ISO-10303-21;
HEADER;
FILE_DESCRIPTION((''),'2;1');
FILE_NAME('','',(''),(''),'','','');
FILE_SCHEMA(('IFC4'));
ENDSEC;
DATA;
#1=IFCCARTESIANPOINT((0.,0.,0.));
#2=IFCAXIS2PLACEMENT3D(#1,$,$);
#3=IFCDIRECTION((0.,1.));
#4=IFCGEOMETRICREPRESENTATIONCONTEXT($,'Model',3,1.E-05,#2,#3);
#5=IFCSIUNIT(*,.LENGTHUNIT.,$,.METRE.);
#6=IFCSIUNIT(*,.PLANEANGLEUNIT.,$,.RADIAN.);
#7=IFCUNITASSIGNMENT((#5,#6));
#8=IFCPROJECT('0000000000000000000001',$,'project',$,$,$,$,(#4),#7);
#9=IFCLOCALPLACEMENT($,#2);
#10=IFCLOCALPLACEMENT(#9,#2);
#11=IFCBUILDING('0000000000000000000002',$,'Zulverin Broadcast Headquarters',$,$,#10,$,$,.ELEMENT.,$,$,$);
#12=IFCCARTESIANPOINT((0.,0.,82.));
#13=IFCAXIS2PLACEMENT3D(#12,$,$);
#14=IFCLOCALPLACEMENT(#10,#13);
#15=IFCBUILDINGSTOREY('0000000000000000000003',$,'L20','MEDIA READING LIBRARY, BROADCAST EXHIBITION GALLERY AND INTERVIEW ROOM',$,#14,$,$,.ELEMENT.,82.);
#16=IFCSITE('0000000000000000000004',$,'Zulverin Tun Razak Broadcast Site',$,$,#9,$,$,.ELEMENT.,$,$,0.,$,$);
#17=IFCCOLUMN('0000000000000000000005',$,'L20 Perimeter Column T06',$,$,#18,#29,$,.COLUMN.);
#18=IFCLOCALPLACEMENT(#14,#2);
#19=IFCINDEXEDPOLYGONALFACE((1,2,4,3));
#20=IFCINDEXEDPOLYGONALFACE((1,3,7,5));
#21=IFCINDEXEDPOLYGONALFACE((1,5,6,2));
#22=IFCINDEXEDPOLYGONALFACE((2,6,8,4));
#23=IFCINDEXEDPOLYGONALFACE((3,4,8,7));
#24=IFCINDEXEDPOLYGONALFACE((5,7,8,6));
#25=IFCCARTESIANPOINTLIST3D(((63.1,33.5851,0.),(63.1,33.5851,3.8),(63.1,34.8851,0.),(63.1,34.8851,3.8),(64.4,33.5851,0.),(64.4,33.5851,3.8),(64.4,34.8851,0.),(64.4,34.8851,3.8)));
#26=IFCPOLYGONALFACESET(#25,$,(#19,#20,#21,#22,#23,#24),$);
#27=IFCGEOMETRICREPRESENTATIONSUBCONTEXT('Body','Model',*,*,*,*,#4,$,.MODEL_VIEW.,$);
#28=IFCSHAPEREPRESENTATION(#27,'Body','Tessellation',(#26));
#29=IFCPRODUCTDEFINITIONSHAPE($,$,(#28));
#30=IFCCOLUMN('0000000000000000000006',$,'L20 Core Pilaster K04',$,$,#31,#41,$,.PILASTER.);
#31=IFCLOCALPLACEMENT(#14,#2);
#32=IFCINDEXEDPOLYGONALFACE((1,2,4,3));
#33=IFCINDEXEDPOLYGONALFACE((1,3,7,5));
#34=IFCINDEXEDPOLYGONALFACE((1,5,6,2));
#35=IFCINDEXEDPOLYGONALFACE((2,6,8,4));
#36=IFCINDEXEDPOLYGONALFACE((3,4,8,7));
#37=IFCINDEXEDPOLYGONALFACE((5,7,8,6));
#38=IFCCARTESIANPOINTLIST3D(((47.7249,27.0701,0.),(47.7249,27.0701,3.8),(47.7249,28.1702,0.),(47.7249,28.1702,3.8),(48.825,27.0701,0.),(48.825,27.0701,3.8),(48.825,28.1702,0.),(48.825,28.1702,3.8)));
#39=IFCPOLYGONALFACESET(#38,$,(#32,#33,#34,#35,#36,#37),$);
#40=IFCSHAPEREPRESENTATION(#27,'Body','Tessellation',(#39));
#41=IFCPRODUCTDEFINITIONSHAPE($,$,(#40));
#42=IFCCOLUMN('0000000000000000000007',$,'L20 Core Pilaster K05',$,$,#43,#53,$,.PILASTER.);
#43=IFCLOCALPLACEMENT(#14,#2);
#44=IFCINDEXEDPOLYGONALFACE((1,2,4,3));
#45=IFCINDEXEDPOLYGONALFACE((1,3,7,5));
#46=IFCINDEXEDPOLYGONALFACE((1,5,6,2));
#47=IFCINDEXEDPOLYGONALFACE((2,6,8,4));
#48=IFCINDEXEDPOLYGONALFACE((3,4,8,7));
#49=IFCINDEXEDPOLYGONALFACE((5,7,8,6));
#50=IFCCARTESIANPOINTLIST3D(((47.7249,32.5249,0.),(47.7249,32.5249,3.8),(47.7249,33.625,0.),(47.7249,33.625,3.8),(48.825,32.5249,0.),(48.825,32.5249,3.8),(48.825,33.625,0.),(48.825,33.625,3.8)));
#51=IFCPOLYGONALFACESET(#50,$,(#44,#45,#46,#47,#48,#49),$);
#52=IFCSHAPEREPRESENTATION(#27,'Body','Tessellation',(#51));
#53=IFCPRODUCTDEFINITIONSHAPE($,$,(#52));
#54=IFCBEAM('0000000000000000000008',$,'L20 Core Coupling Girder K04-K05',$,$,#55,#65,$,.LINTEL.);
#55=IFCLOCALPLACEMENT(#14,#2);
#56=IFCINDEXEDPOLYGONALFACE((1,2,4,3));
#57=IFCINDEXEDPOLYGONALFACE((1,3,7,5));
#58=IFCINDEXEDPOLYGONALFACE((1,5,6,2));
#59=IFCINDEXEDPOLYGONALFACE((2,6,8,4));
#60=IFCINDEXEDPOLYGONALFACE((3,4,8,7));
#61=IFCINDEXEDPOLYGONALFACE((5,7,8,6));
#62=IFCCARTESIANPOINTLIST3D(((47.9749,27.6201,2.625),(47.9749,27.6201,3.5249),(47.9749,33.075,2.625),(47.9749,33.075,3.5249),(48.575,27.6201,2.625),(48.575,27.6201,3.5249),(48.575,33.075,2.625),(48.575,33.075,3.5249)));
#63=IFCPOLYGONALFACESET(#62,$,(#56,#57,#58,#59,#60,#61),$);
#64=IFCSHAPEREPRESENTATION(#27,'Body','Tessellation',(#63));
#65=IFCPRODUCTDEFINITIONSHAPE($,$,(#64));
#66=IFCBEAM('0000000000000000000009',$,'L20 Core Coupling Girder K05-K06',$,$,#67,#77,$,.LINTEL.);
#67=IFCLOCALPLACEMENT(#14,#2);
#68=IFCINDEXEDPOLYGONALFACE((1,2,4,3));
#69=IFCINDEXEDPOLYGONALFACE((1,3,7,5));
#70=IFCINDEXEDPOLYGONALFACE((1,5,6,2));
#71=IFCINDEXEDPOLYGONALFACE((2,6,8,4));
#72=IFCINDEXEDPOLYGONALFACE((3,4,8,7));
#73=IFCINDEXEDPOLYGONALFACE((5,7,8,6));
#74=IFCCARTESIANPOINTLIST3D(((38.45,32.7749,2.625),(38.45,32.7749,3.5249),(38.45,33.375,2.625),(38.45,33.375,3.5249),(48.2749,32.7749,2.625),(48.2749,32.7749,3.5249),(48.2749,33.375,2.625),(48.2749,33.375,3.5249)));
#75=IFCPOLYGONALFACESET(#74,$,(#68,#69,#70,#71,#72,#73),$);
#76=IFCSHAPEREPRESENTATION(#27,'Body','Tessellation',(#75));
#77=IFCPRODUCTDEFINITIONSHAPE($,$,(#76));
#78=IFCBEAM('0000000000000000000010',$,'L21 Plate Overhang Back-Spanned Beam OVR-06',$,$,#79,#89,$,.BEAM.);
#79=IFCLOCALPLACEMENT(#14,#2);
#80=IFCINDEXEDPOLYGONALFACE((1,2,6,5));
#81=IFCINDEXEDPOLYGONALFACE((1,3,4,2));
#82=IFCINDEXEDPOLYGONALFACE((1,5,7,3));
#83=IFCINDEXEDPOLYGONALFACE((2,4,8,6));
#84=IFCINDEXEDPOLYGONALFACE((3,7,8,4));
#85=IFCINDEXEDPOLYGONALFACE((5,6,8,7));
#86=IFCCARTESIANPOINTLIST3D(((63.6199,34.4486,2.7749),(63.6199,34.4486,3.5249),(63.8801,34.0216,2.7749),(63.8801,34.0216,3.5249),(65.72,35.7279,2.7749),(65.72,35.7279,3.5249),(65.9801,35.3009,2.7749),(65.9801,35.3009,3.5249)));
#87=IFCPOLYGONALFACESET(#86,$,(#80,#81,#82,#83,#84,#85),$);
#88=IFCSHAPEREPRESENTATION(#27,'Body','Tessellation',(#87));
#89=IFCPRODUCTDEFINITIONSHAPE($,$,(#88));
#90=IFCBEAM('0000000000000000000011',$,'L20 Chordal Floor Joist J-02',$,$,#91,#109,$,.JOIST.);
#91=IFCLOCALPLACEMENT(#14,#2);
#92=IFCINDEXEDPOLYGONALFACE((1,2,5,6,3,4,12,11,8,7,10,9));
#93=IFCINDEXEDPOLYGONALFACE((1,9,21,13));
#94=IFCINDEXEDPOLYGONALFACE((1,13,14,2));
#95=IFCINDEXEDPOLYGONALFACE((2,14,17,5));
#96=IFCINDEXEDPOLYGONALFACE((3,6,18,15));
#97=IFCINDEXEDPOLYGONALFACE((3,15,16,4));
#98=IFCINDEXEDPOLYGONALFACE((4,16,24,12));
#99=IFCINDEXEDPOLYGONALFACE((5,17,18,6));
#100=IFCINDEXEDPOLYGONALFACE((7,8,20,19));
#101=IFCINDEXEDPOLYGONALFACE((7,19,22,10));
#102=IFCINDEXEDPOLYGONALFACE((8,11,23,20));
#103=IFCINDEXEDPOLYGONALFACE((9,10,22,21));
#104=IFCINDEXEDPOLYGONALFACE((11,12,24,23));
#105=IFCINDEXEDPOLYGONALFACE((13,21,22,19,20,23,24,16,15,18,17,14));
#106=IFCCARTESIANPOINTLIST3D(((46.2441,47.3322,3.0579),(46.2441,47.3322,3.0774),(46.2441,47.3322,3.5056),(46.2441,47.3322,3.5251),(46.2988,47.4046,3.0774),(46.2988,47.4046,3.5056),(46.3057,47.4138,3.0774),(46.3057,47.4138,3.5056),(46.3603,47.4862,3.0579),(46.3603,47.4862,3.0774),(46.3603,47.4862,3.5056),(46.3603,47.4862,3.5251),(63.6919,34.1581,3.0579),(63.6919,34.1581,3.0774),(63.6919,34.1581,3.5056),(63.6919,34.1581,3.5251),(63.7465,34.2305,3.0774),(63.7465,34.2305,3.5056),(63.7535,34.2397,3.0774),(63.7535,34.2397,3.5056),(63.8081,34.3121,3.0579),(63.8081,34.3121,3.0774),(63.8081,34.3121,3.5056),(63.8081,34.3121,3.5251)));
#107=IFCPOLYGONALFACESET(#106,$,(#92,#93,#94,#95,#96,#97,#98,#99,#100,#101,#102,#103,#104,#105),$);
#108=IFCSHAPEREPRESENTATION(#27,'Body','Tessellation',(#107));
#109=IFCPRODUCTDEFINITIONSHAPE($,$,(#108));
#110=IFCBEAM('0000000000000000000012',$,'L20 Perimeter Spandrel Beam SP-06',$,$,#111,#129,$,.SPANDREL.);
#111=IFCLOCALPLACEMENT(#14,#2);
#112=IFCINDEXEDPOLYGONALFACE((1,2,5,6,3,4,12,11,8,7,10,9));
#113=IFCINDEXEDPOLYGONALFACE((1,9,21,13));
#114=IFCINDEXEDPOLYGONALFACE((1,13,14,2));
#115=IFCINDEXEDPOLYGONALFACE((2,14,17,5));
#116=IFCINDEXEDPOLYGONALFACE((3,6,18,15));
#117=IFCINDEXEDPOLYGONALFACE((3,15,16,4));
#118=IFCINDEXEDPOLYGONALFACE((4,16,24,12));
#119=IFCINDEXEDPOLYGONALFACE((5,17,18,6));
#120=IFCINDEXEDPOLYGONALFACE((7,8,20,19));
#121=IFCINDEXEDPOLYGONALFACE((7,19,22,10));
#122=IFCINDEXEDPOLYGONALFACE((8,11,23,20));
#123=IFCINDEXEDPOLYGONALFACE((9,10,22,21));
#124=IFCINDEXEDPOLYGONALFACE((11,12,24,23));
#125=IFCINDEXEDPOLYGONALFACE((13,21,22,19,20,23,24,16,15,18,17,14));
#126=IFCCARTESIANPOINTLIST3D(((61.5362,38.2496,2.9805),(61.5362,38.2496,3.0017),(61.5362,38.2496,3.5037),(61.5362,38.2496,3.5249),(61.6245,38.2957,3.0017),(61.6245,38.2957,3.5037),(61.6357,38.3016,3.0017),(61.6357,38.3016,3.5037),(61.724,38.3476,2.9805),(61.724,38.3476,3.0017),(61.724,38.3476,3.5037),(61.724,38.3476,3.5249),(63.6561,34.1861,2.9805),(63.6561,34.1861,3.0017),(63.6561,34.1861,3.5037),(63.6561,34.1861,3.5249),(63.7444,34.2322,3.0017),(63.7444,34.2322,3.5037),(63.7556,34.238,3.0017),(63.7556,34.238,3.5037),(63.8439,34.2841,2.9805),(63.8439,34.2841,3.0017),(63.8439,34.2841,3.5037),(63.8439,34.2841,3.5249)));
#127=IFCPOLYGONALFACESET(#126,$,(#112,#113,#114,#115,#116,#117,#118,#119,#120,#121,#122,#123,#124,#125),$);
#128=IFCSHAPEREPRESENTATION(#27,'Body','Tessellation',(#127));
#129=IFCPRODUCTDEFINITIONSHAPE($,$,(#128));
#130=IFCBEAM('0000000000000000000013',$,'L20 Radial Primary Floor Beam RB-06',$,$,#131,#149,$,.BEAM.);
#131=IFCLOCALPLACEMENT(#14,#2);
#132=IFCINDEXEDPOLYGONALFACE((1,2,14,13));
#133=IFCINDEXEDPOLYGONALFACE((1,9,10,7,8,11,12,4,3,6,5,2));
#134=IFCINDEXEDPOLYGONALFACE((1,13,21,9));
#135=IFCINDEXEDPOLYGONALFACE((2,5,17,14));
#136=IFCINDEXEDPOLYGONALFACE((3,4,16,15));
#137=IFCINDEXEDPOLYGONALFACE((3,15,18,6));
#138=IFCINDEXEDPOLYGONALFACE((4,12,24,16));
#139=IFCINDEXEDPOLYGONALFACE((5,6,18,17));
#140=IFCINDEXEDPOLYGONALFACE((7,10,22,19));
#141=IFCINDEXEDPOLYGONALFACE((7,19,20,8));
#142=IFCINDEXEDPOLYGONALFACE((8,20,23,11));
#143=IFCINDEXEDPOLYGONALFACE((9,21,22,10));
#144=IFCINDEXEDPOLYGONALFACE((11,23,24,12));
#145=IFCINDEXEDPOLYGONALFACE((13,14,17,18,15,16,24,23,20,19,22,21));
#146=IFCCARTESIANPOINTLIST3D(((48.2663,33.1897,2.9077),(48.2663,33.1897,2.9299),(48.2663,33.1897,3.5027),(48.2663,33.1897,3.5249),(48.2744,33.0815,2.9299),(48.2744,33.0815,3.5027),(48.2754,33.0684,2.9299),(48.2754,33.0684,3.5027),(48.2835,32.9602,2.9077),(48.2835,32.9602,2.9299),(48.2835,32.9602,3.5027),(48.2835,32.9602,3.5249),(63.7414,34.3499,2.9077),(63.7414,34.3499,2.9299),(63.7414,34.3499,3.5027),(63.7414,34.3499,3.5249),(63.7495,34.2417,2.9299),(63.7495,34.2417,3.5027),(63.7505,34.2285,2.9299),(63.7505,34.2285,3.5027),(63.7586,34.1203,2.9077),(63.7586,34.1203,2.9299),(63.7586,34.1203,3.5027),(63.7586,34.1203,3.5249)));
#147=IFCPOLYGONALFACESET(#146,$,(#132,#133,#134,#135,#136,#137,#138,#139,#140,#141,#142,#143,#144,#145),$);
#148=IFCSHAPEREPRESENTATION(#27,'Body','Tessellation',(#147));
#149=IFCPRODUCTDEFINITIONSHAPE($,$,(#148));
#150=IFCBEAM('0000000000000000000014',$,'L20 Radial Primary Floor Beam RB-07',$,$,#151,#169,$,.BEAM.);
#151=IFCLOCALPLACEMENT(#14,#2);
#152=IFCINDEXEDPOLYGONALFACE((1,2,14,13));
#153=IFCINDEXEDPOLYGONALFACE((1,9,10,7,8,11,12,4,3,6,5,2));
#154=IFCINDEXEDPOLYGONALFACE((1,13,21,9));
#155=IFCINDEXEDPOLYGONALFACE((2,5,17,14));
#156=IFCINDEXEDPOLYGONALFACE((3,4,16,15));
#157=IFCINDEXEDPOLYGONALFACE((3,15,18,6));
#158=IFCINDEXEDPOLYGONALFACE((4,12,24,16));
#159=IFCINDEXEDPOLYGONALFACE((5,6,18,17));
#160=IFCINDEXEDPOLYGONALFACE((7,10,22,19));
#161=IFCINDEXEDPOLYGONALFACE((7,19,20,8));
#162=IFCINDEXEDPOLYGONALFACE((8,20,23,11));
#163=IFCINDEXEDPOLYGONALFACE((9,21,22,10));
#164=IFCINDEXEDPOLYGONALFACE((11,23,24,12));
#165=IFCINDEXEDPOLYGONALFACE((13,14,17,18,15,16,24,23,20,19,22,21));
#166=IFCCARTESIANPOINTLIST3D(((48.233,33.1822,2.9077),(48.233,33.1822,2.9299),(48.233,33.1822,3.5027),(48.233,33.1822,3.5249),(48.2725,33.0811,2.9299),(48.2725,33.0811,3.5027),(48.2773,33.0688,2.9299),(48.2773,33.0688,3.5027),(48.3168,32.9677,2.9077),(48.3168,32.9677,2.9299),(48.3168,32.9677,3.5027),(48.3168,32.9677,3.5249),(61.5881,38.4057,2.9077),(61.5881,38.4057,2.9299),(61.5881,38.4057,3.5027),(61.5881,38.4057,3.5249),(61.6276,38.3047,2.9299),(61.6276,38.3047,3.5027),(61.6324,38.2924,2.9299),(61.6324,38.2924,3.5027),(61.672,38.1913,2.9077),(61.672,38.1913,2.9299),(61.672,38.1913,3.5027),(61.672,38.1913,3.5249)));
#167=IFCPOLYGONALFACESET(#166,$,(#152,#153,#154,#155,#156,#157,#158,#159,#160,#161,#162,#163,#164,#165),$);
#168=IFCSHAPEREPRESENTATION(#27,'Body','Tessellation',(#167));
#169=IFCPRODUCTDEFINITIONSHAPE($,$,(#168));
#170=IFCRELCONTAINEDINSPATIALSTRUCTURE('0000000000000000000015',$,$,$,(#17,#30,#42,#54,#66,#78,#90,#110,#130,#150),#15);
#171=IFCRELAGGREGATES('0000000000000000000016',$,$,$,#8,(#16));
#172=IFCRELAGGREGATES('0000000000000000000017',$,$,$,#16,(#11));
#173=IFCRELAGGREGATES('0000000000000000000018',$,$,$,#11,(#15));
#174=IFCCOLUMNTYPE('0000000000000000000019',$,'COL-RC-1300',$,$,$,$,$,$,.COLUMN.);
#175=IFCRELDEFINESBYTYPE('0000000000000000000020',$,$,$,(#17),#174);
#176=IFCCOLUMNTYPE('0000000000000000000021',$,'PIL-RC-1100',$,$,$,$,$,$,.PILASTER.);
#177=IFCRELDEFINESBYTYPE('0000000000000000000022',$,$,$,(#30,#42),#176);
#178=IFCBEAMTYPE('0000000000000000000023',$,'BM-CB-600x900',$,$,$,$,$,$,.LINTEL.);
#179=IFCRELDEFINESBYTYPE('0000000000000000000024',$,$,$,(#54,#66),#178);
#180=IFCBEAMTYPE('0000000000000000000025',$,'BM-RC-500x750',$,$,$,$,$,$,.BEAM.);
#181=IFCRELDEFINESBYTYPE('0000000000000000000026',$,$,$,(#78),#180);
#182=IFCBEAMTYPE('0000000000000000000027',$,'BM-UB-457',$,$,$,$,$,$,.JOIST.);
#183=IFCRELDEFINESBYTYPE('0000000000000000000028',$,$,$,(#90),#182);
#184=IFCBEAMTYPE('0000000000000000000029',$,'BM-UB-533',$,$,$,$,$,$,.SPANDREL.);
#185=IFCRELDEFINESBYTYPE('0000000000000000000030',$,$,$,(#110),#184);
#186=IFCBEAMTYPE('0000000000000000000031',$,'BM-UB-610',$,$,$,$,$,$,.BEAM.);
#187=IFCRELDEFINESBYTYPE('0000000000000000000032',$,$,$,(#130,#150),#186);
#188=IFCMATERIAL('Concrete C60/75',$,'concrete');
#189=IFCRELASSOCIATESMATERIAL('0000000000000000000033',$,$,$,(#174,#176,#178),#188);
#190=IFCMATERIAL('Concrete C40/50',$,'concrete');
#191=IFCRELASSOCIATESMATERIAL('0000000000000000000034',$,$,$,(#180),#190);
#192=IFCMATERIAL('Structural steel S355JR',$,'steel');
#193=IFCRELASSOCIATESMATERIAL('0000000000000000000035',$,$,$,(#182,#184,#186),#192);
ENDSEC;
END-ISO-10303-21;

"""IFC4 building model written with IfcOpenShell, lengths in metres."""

from ifc_helpers import new_model, si_unit, direction, frame, origin, origin_2d, place, context, subcontext, project, spatial, rectangle, i_section, extrude, material, material_profile, profile_set, type_object, element, save


model = new_model("IFC4")

# Units and contexts
model_context = context("Model", 3, precision=1e-05, world=origin(), true_north=direction((0.0, 1.0)))
body_context = subcontext(model_context, "Body", "Model", "MODEL_VIEW")
ifc_project = project(units=[si_unit("LENGTHUNIT", "METRE"), si_unit("PLANEANGLEUNIT", "RADIAN")], contexts=[model_context])

# Site, building, storey
site_placement = place(None, origin())
site = spatial("IfcSite", under=ifc_project, at=site_placement, Name="Zulverin Tun Razak Broadcast Site", CompositionType="ELEMENT", RefElevation=0.0)
building_placement = place(site_placement, origin())
building = spatial("IfcBuilding", under=site, at=building_placement, Name="Zulverin Broadcast Headquarters", CompositionType="ELEMENT")
storey_placement = place(building_placement, frame((0.0, 0.0, 82.0)))
storey = spatial("IfcBuildingStorey", under=building, at=storey_placement, Name="L20", Description="MEDIA READING LIBRARY, BROADCAST EXHIBITION GALLERY AND INTERVIEW ROOM", CompositionType="ELEMENT", Elevation=82.0)

# Columns
ifc_material_1 = material(Name="Concrete C60/75", Category="concrete")
ifc_material_profile_1 = material_profile(ifc_material_1, rectangle(XDim=1.3, YDim=1.3, at=origin_2d()), Name="Concrete C60/75", Category="concrete")
ifc_profile_set_1 = profile_set([ifc_material_profile_1], Name="Concrete C60/75")
column_type_1 = type_object("IfcColumnType", Name="COL-RC-1300", PredefinedType="COLUMN", material=ifc_profile_set_1)
column_placement = place(storey_placement, frame((63.75, 34.2351, 0.0), z_axis=(0.0, 0.0, 1.0), x_axis=(1.0, 0.0, 0.0)))
element("IfcColumn", 1, at=column_placement, inside=storey, type_object=column_type_1, Name="L20 Perimeter Column T06", PredefinedType="COLUMN", context=body_context, shape_type="SweptSolid", body=[
    extrude(rectangle(XDim=1.3, YDim=1.3, at=origin_2d()), origin(), (0.0, 0.0, 1.0), 3.8),
])
ifc_material_profile_2 = material_profile(ifc_material_1, rectangle(XDim=1.1001, YDim=1.1001, at=origin_2d()), Name="Concrete C60/75", Category="concrete")
ifc_profile_set_2 = profile_set([ifc_material_profile_2], Name="Concrete C60/75")
column_type_2 = type_object("IfcColumnType", Name="PIL-RC-1100", PredefinedType="PILASTER", material=ifc_profile_set_2)
for number, where, z_axis, x_axis, name in (
    (2, (48.2749, 27.6201, 0.0), (0.0, 0.0, 1.0), (1.0, 0.0, 0.0), "L20 Core Pilaster K04"),
    (3, (48.2749, 33.075, 0.0), (0.0, 0.0, 1.0), (1.0, 0.0, 0.0), "L20 Core Pilaster K05"),
):
    element("IfcColumn", number, at=place(storey_placement, frame(where, z_axis=z_axis, x_axis=x_axis)), inside=storey, type_object=column_type_2, Name=name, PredefinedType="PILASTER", context=body_context, shape_type="SweptSolid", body=[
        extrude(rectangle(XDim=1.1001, YDim=1.1001, at=origin_2d()), origin(), (0.0, 0.0, 1.0), 3.8),
    ])

# Beams
ifc_material_profile_3 = material_profile(ifc_material_1, rectangle(XDim=0.6001, YDim=0.8999, at=origin_2d()), Name="Concrete C60/75", Category="concrete")
ifc_profile_set_3 = profile_set([ifc_material_profile_3], Name="Concrete C60/75")
beam_type_1 = type_object("IfcBeamType", Name="BM-CB-600x900", PredefinedType="LINTEL", material=ifc_profile_set_3)
beam_1_placement = place(storey_placement, frame((48.2749, 27.6201, 3.075), z_axis=(0.0, 1.0, 0.0), x_axis=(-1.0, 0.0, 0.0)))
element("IfcBeam", 4, at=beam_1_placement, inside=storey, type_object=beam_type_1, Name="L20 Core Coupling Girder K04-K05", PredefinedType="LINTEL", context=body_context, shape_type="SweptSolid", body=[
    extrude(rectangle(XDim=0.6001, YDim=0.8999, at=origin_2d()), origin(), (0.0, 0.0, 1.0), 5.4548),
])
beam_2_placement = place(storey_placement, frame((48.2749, 33.075, 3.075), z_axis=(-1.0, 0.0, 0.0), x_axis=(0.0, -1.0, 0.0)))
element("IfcBeam", 5, at=beam_2_placement, inside=storey, type_object=beam_type_1, Name="L20 Core Coupling Girder K05-K06", PredefinedType="LINTEL", context=body_context, shape_type="SweptSolid", body=[
    extrude(rectangle(XDim=0.6001, YDim=0.8999, at=origin_2d()), origin(), (0.0, 0.0, 1.0), 9.825),
])
ifc_material_2 = material(Name="Concrete C40/50", Category="concrete")
ifc_material_profile_4 = material_profile(ifc_material_2, rectangle(XDim=0.5, YDim=0.75, at=origin_2d()), Name="Concrete C40/50", Category="concrete")
ifc_profile_set_4 = profile_set([ifc_material_profile_4], Name="Concrete C40/50")
beam_type_2 = type_object("IfcBeamType", Name="BM-RC-500x750", PredefinedType="BEAM", material=ifc_profile_set_4)
beam_3_placement = place(storey_placement, frame((63.75, 34.2351, 3.1499), z_axis=(0.854022, 0.520237, 0.0), x_axis=(-0.520237, 0.854022, 0.0)))
element("IfcBeam", 6, at=beam_3_placement, inside=storey, type_object=beam_type_2, Name="L21 Plate Overhang Back-Spanned Beam OVR-06", PredefinedType="BEAM", context=body_context, shape_type="SweptSolid", body=[
    extrude(rectangle(XDim=0.5, YDim=0.75, at=origin_2d()), origin(), (0.0, 0.0, 1.0), 2.459),
])
ifc_material_3 = material(Name="Structural steel S355JR", Category="steel")
ifc_material_profile_5 = material_profile(ifc_material_3, i_section(OverallWidth=0.1929, OverallDepth=0.4673, WebThickness=0.0115, FlangeThickness=0.0195, at=origin_2d()), Name="Structural steel S355JR", Category="steel")
ifc_profile_set_5 = profile_set([ifc_material_profile_5], Name="Structural steel S355JR")
beam_type_3 = type_object("IfcBeamType", Name="BM-UB-457", PredefinedType="JOIST", material=ifc_profile_set_5)
beam_4_placement = place(storey_placement, frame((63.75, 34.2351, 3.2915), z_axis=(-0.798058, 0.60258, 0.0), x_axis=(-0.60258, -0.798058, 0.0)))
element("IfcBeam", 7, at=beam_4_placement, inside=storey, type_object=beam_type_3, Name="L20 Chordal Floor Joist J-02", PredefinedType="JOIST", context=body_context, shape_type="SweptSolid", body=[
    extrude(i_section(OverallWidth=0.1929, OverallDepth=0.4673, WebThickness=0.0115, FlangeThickness=0.0195, at=origin_2d()), origin(), (0.0, 0.0, 1.0), 21.8628),
])
ifc_material_profile_6 = material_profile(ifc_material_3, i_section(OverallWidth=0.2119, OverallDepth=0.5444, WebThickness=0.0127, FlangeThickness=0.0212, at=origin_2d()), Name="Structural steel S355JR", Category="steel")
ifc_profile_set_6 = profile_set([ifc_material_profile_6], Name="Structural steel S355JR")
beam_type_4 = type_object("IfcBeamType", Name="BM-UB-533", PredefinedType="SPANDREL", material=ifc_profile_set_6)
beam_5_placement = place(storey_placement, frame((63.75, 34.2351, 3.2527), z_axis=(-0.462531, 0.886603, 0.0), x_axis=(-0.886603, -0.462531, 0.0)))
element("IfcBeam", 8, at=beam_5_placement, inside=storey, type_object=beam_type_4, Name="L20 Perimeter Spandrel Beam SP-06", PredefinedType="SPANDREL", context=body_context, shape_type="SweptSolid", body=[
    extrude(i_section(OverallWidth=0.2119, OverallDepth=0.5444, WebThickness=0.0127, FlangeThickness=0.0212, at=origin_2d()), origin(), (0.0, 0.0, 1.0), 4.5833),
])
ifc_material_profile_7 = material_profile(ifc_material_3, i_section(OverallWidth=0.2302, OverallDepth=0.6172, WebThickness=0.0132, FlangeThickness=0.0222, at=origin_2d()), Name="Structural steel S355JR", Category="steel")
ifc_profile_set_7 = profile_set([ifc_material_profile_7], Name="Structural steel S355JR")
beam_type_5 = type_object("IfcBeamType", Name="BM-UB-610", PredefinedType="BEAM", material=ifc_profile_set_7)
beam_6_placement = place(storey_placement, frame((48.2749, 33.075, 3.2163), z_axis=(0.997202, 0.074759, 0.0), x_axis=(-0.074759, 0.997202, 0.0)))
element("IfcBeam", 9, at=beam_6_placement, inside=storey, type_object=beam_type_5, Name="L20 Radial Primary Floor Beam RB-06", PredefinedType="BEAM", context=body_context, shape_type="SweptSolid", body=[
    extrude(i_section(OverallWidth=0.2302, OverallDepth=0.6172, WebThickness=0.0132, FlangeThickness=0.0222, at=origin_2d()), origin(), (0.0, 0.0, 1.0), 15.5186),
])
beam_7_placement = place(storey_placement, frame((48.2749, 33.075, 3.2163), z_axis=(0.931298, 0.364259, 0.0), x_axis=(-0.364259, 0.931298, 0.0)))
element("IfcBeam", 10, at=beam_7_placement, inside=storey, type_object=beam_type_5, Name="L20 Radial Primary Floor Beam RB-07", PredefinedType="BEAM", context=body_context, shape_type="SweptSolid", body=[
    extrude(i_section(OverallWidth=0.2302, OverallDepth=0.6172, WebThickness=0.0132, FlangeThickness=0.0222, at=origin_2d()), origin(), (0.0, 0.0, 1.0), 14.3403),
])

save(model, "model.ifc")
